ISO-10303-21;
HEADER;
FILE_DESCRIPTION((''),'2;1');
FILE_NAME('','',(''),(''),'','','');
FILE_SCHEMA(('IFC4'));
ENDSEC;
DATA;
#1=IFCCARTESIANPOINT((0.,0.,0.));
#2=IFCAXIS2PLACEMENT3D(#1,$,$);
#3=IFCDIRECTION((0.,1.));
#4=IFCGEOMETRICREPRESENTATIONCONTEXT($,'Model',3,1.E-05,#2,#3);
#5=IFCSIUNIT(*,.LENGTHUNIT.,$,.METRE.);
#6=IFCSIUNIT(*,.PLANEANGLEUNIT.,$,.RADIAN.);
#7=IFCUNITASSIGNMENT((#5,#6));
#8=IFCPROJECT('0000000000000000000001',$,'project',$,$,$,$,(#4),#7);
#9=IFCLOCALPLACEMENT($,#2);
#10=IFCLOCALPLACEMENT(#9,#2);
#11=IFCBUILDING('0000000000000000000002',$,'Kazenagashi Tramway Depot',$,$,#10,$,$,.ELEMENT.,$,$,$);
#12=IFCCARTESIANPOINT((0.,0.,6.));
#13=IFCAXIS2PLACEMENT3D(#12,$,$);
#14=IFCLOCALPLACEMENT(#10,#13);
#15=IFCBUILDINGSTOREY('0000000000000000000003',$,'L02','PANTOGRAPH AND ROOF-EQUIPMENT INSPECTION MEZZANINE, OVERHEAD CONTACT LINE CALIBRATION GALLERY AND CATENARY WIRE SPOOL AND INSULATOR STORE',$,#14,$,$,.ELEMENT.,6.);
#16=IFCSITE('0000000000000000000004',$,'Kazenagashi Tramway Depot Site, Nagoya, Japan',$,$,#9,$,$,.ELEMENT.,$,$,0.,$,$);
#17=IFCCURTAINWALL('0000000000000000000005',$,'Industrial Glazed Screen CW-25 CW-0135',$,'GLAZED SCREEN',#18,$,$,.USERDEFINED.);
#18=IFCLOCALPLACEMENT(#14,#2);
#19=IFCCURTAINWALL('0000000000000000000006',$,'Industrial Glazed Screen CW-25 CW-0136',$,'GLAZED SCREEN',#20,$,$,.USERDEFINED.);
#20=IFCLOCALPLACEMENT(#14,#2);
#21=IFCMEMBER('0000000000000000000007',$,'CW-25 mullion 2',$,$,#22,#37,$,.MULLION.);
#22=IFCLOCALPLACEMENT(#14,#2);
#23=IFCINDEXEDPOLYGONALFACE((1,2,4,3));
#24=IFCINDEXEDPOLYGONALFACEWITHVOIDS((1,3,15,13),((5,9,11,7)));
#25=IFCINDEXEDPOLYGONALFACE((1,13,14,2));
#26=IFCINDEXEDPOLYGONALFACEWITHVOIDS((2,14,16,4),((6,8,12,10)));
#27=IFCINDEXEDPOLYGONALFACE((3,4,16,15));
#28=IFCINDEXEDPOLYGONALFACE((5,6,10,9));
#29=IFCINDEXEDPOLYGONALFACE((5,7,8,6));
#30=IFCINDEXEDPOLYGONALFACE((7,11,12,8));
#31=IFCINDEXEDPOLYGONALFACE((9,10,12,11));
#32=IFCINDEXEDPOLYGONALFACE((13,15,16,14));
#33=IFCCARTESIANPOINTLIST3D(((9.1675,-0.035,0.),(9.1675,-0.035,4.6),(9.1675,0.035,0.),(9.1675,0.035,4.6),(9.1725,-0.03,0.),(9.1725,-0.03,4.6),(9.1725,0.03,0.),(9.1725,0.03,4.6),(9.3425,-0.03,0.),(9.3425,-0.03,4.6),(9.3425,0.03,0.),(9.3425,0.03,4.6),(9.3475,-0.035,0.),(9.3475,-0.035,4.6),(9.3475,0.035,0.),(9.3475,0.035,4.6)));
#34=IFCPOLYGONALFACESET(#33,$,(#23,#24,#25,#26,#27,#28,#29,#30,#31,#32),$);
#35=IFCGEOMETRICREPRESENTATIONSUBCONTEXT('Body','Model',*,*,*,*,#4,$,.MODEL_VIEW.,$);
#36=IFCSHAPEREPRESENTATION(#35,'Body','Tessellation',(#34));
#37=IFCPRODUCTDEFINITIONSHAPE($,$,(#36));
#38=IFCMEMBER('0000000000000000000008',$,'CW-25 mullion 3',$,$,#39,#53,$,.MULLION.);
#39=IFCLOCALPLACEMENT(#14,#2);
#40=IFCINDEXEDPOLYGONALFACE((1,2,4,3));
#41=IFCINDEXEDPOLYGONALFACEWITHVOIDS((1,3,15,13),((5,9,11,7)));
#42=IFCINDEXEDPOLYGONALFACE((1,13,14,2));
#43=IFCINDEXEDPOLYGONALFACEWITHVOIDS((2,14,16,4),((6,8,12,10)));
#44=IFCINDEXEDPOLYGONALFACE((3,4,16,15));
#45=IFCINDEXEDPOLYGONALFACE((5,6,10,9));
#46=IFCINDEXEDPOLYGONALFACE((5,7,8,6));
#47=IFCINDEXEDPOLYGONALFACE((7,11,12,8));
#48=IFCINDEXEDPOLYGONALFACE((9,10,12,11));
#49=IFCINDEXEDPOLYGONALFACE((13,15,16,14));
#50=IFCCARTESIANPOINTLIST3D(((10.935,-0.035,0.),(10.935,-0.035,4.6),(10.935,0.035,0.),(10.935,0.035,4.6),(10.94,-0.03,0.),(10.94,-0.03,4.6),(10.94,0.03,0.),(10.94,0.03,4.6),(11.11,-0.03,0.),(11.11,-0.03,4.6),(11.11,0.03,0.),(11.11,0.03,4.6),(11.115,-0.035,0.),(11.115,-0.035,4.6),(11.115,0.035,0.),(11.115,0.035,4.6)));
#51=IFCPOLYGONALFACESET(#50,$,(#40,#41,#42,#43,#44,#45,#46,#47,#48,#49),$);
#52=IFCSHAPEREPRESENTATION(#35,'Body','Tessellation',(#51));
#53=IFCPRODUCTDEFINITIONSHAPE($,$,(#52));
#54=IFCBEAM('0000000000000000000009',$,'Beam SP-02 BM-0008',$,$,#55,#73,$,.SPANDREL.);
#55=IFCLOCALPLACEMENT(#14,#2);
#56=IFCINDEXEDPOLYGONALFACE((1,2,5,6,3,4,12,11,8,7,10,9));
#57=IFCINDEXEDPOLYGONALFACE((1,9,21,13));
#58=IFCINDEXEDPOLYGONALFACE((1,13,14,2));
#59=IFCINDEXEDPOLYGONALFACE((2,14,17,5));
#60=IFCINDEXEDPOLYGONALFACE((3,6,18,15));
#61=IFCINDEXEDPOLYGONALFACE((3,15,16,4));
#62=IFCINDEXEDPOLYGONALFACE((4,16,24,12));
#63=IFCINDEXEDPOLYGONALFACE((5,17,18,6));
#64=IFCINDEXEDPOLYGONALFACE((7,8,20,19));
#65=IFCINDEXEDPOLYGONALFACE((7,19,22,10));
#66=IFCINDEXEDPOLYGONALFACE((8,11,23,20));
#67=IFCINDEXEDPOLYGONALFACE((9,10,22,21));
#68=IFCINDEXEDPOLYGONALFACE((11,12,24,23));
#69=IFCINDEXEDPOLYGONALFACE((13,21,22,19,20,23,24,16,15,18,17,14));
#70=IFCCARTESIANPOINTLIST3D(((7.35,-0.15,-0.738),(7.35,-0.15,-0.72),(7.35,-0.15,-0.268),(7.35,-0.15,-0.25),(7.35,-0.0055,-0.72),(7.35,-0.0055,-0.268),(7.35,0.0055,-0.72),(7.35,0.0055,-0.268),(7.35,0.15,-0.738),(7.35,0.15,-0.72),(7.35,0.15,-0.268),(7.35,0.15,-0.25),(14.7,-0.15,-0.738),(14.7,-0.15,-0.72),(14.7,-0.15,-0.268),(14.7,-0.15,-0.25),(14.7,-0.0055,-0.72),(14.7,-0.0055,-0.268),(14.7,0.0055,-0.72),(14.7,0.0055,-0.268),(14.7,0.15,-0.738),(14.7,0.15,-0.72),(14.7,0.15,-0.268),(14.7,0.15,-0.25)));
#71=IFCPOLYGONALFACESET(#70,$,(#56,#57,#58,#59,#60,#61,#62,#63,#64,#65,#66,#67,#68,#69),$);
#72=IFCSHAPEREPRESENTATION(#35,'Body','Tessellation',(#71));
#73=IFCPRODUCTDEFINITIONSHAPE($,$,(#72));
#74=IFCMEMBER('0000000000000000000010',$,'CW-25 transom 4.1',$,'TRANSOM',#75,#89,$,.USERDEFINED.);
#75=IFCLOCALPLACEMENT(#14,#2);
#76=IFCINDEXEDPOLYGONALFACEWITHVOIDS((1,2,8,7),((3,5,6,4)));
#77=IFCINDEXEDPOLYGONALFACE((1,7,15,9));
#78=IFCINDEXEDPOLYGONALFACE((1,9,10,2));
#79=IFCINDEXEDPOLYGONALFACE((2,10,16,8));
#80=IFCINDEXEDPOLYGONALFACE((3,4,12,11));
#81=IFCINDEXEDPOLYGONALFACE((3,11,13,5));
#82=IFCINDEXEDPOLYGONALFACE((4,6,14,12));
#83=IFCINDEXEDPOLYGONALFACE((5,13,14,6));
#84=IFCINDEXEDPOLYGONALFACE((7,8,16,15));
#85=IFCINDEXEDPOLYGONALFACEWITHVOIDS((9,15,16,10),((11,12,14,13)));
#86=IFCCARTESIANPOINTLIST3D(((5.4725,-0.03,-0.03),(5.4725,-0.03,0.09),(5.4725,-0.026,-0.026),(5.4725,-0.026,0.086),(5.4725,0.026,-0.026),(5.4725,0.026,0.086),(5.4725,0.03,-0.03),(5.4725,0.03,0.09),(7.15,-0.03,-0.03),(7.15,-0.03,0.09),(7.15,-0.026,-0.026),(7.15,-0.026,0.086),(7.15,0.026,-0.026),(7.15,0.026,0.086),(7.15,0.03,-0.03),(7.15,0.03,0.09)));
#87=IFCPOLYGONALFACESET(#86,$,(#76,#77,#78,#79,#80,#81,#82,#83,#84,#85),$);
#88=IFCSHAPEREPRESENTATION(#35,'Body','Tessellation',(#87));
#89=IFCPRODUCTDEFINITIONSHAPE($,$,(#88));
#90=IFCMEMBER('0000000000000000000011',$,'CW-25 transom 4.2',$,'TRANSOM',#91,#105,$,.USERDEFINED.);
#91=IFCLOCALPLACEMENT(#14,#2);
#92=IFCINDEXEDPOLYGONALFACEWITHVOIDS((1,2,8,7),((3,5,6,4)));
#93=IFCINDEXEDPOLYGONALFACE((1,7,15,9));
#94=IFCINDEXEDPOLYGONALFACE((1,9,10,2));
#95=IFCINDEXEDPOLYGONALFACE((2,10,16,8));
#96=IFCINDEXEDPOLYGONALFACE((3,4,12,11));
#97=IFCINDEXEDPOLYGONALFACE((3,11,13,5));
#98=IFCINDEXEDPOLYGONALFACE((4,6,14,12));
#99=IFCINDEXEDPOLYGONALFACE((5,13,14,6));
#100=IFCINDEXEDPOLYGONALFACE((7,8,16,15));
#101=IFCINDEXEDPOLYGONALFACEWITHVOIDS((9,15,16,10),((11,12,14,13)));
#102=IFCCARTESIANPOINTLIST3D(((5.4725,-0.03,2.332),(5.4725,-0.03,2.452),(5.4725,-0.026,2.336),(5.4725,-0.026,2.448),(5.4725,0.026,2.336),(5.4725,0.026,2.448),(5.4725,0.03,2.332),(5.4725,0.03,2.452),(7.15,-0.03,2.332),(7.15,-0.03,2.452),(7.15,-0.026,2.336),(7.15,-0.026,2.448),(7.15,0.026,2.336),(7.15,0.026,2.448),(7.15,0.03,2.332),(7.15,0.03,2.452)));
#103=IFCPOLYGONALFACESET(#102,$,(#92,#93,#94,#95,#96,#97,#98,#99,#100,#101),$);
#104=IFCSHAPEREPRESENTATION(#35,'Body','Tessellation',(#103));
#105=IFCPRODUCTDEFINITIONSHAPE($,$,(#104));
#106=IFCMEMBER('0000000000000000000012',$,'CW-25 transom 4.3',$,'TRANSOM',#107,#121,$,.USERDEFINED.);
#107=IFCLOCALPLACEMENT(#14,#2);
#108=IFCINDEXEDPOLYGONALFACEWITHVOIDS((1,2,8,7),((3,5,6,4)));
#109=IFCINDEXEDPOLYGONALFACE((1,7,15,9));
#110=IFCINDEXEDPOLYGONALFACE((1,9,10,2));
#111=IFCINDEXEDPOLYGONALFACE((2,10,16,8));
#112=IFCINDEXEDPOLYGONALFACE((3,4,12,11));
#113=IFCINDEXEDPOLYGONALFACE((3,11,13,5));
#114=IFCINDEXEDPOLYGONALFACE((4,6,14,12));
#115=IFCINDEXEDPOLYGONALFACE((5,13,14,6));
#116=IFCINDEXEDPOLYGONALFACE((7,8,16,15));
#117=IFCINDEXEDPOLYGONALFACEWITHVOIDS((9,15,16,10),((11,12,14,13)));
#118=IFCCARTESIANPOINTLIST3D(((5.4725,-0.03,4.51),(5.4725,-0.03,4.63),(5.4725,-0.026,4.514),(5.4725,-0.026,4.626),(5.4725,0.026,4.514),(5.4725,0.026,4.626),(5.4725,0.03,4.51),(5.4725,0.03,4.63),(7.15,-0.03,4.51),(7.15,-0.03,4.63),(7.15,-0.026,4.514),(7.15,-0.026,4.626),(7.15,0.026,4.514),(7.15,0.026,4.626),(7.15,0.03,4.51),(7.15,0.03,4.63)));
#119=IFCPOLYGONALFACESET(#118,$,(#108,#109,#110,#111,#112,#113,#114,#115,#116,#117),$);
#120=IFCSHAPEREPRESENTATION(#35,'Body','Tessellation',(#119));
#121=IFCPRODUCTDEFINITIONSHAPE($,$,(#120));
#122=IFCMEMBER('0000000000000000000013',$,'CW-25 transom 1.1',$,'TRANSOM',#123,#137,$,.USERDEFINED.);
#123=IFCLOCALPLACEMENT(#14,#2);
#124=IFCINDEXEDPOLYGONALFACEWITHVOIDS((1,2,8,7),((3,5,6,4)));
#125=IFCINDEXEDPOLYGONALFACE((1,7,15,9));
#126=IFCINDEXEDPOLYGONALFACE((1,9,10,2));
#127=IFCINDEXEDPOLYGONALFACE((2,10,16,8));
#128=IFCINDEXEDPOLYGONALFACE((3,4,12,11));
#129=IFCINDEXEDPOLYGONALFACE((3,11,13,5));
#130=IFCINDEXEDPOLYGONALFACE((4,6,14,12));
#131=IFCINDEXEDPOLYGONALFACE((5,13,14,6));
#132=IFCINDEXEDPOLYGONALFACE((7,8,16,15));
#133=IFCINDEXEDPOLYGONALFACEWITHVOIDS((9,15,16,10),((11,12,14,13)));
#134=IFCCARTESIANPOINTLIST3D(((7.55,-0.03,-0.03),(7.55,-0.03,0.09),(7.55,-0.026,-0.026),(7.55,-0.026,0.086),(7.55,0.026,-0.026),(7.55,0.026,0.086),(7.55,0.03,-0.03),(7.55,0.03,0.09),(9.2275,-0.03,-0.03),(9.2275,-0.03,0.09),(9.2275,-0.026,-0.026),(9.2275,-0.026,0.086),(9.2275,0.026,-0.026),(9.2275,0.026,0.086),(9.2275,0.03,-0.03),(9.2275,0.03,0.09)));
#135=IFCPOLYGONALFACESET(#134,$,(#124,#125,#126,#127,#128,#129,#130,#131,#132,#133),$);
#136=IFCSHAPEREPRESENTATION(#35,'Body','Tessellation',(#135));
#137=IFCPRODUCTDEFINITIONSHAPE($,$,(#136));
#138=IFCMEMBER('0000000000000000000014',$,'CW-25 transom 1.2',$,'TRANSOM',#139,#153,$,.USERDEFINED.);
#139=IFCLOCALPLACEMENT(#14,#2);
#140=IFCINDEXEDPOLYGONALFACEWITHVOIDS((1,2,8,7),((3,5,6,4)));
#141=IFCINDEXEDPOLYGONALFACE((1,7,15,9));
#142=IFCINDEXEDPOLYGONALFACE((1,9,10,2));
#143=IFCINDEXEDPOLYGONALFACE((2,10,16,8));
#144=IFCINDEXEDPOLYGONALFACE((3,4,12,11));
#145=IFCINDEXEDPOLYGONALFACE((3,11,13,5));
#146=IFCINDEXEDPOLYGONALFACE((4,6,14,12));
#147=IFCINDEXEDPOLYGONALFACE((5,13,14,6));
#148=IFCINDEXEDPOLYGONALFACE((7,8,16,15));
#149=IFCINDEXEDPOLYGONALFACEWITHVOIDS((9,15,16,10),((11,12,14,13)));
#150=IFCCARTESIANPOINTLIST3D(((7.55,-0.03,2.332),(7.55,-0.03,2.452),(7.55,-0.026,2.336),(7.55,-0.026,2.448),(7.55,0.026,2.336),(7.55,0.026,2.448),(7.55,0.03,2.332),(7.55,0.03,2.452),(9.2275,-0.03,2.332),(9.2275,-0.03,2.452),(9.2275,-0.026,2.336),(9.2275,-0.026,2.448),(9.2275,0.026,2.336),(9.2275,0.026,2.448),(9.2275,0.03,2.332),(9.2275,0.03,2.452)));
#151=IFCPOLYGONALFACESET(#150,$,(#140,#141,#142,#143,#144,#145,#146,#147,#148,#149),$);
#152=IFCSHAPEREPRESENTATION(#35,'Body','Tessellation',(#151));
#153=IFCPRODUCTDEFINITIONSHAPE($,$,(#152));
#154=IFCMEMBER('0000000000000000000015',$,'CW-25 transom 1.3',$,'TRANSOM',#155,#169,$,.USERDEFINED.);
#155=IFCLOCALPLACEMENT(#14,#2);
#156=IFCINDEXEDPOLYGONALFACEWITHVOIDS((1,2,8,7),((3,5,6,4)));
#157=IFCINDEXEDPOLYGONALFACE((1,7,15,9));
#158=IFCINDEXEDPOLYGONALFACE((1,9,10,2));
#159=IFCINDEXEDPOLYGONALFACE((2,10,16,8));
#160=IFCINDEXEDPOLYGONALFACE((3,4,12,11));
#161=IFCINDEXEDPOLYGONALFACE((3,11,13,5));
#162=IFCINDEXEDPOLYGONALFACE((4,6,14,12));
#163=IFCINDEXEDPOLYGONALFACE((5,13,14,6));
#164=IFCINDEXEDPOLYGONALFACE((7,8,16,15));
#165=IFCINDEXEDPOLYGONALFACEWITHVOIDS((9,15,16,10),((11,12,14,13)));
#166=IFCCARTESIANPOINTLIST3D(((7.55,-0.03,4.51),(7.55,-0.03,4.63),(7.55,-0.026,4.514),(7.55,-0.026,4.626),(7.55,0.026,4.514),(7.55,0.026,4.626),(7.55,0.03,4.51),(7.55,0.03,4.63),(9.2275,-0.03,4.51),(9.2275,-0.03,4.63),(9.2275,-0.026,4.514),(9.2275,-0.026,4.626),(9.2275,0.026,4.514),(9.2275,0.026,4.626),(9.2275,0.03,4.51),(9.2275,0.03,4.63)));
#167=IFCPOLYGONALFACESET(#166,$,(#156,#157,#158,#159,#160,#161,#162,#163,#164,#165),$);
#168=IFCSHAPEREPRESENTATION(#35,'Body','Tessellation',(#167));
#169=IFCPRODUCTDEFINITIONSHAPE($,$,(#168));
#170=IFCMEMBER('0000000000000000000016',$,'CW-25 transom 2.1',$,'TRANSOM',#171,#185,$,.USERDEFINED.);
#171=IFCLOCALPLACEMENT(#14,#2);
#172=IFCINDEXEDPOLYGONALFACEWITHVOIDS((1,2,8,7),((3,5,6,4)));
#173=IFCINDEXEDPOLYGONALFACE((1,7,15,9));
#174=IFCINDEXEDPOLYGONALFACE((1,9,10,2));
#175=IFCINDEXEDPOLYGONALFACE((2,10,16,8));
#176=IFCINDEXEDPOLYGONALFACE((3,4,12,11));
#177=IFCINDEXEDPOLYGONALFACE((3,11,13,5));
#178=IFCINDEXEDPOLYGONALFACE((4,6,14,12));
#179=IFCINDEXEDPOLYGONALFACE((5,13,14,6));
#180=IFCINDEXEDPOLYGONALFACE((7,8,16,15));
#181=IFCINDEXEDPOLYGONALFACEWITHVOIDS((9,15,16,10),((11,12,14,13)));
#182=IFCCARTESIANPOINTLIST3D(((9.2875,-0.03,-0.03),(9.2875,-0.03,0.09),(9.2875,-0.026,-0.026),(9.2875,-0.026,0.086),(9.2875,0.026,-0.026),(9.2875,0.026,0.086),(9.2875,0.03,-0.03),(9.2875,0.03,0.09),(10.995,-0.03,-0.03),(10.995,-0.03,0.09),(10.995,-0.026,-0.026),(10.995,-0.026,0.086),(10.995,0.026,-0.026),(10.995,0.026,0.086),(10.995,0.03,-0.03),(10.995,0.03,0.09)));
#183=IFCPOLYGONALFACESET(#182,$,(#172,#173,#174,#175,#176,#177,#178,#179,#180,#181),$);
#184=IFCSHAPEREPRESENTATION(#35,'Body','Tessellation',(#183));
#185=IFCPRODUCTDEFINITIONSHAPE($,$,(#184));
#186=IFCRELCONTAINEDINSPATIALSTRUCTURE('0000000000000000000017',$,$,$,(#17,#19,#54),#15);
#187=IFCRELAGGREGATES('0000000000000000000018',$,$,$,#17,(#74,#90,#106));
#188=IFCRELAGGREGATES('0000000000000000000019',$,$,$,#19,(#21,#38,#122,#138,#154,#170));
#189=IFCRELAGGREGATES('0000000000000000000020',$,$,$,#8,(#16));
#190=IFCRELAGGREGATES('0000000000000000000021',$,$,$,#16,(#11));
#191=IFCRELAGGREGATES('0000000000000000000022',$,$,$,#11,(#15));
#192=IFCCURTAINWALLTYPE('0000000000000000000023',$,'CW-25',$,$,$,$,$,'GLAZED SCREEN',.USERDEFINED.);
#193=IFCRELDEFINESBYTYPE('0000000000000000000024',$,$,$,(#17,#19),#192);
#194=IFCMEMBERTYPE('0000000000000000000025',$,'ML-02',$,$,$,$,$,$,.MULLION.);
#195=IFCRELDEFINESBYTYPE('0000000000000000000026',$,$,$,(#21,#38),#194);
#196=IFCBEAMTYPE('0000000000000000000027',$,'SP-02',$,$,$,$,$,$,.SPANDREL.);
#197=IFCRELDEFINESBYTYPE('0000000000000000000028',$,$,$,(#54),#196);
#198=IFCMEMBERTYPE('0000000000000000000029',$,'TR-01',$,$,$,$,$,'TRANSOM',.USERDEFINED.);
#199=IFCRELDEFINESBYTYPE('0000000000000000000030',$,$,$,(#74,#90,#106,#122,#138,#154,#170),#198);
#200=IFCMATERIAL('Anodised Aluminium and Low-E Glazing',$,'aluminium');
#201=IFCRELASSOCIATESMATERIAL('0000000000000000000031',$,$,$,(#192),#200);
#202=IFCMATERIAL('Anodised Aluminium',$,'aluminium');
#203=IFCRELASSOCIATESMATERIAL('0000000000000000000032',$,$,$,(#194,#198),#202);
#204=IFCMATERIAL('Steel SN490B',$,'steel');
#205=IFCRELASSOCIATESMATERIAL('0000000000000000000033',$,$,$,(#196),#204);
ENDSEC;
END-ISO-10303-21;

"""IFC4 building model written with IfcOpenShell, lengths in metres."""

from ifc_helpers import new_model, si_unit, direction, frame, origin, origin_2d, place, context, subcontext, project, spatial, hollow_rectangle, i_section, extrude, material, material_profile, profile_set, type_object, element, aggregate, save


model = new_model("IFC4")

# Units and contexts
model_context = context("Model", 3, precision=1e-05, world=origin(), true_north=direction((0.0, 1.0)))
body_context = subcontext(model_context, "Body", "Model", "MODEL_VIEW")
ifc_project = project(units=[si_unit("LENGTHUNIT", "METRE"), si_unit("PLANEANGLEUNIT", "RADIAN")], contexts=[model_context])

# Site, building, storey
site_placement = place(None, origin())
site = spatial("IfcSite", under=ifc_project, at=site_placement, Name="Kazenagashi Tramway Depot Site, Nagoya, Japan", CompositionType="ELEMENT", RefElevation=0.0)
building_placement = place(site_placement, origin())
building = spatial("IfcBuilding", under=site, at=building_placement, Name="Kazenagashi Tramway Depot", CompositionType="ELEMENT")
storey_placement = place(building_placement, frame((0.0, 0.0, 6.0)))
storey = spatial("IfcBuildingStorey", under=building, at=storey_placement, Name="L02", Description="PANTOGRAPH AND ROOF-EQUIPMENT INSPECTION MEZZANINE, OVERHEAD CONTACT LINE CALIBRATION GALLERY AND CATENARY WIRE SPOOL AND INSULATOR STORE", CompositionType="ELEMENT", Elevation=6.0)

# Shared definitions
ifc_material_1 = material(Name="Steel SN490B", Category="steel")

# Curtain walls, members
ifc_material_2 = material(Name="Anodised Aluminium and Low-E Glazing", Category="aluminium")
curtain_wall_type = type_object("IfcCurtainWallType", Name="CW-25", ElementType="GLAZED SCREEN", PredefinedType="USERDEFINED", material=ifc_material_2)
curtain_wall_1_placement = place(storey_placement, origin())
curtain_wall_1 = element("IfcCurtainWall", 1, at=curtain_wall_1_placement, inside=storey, type_object=curtain_wall_type, Name="Industrial Glazed Screen CW-25 CW-0135", ObjectType="GLAZED SCREEN", PredefinedType="USERDEFINED")
ifc_material_3 = material(Name="Anodised Aluminium", Category="aluminium")
ifc_material_profile_1 = material_profile(ifc_material_3, hollow_rectangle(XDim=0.07, YDim=0.18, WallThickness=0.005, at=origin_2d()), Name="RHS-180x70x5")
ifc_profile_set_1 = profile_set([ifc_material_profile_1], Name="Anodised Aluminium")
member_type_1 = type_object("IfcMemberType", Name="ML-02", PredefinedType="MULLION", material=ifc_profile_set_1)
curtain_wall_2_placement = place(storey_placement, origin())
curtain_wall_2 = element("IfcCurtainWall", 2, at=curtain_wall_2_placement, inside=storey, type_object=curtain_wall_type, Name="Industrial Glazed Screen CW-25 CW-0136", ObjectType="GLAZED SCREEN", PredefinedType="USERDEFINED")
member_1_placement = place(storey_placement, frame((9.2575, 0.0, 0.0), z_axis=(0.0, 0.0, 1.0), x_axis=(0.0, 1.0, 0.0)))
member_1 = element("IfcMember", 3, at=member_1_placement, type_object=member_type_1, Name="CW-25 mullion 2", PredefinedType="MULLION", context=body_context, shape_type="SweptSolid", body=[
    extrude(hollow_rectangle(XDim=0.07, YDim=0.18, WallThickness=0.005, at=origin_2d()), origin(), (0.0, 0.0, 1.0), 4.6),
])
member_2_placement = place(storey_placement, frame((11.025, 0.0, 0.0), z_axis=(0.0, 0.0, 1.0), x_axis=(0.0, 1.0, 0.0)))
member_2 = element("IfcMember", 4, at=member_2_placement, type_object=member_type_1, Name="CW-25 mullion 3", PredefinedType="MULLION", context=body_context, shape_type="SweptSolid", body=[
    extrude(hollow_rectangle(XDim=0.07, YDim=0.18, WallThickness=0.005, at=origin_2d()), origin(), (0.0, 0.0, 1.0), 4.6),
])

# Beam
ifc_material_profile_2 = material_profile(ifc_material_1, i_section(OverallWidth=0.3, OverallDepth=0.488, WebThickness=0.011, FlangeThickness=0.018, at=origin_2d()), Name="H-488x300x11x18")
ifc_profile_set_2 = profile_set([ifc_material_profile_2], Name="Steel SN490B")
beam_type_1 = type_object("IfcBeamType", Name="SP-02", PredefinedType="SPANDREL", material=ifc_profile_set_2)
beam_placement = place(storey_placement, frame((7.35, 0.0, -0.494), z_axis=(1.0, 0.0, 0.0), x_axis=(0.0, 1.0, 0.0)))
element("IfcBeam", 5, at=beam_placement, inside=storey, type_object=beam_type_1, Name="Beam SP-02 BM-0008", PredefinedType="SPANDREL", context=body_context, shape_type="SweptSolid", body=[
    extrude(i_section(OverallWidth=0.3, OverallDepth=0.488, WebThickness=0.011, FlangeThickness=0.018, at=origin_2d()), origin(), (0.0, 0.0, 1.0), 7.35),
])

# Members
ifc_material_profile_3 = material_profile(ifc_material_3, hollow_rectangle(XDim=0.06, YDim=0.12, WallThickness=0.004, at=origin_2d()), Name="RHS-120x60x4")
ifc_profile_set_3 = profile_set([ifc_material_profile_3], Name="Anodised Aluminium")
member_type_2 = type_object("IfcMemberType", Name="TR-01", ElementType="TRANSOM", PredefinedType="USERDEFINED", material=ifc_profile_set_3)
member_3_placement = place(storey_placement, frame((5.4725, 0.0, 0.03), z_axis=(1.0, 0.0, 0.0), x_axis=(0.0, 1.0, 0.0)))
member_3 = element("IfcMember", 6, at=member_3_placement, type_object=member_type_2, Name="CW-25 transom 4.1", ObjectType="TRANSOM", PredefinedType="USERDEFINED", context=body_context, shape_type="SweptSolid", body=[
    extrude(hollow_rectangle(XDim=0.06, YDim=0.12, WallThickness=0.004, at=origin_2d()), origin(), (0.0, 0.0, 1.0), 1.6775),
])
member_4_placement = place(storey_placement, frame((5.4725, 0.0, 2.392), z_axis=(1.0, 0.0, 0.0), x_axis=(0.0, 1.0, 0.0)))
member_4 = element("IfcMember", 7, at=member_4_placement, type_object=member_type_2, Name="CW-25 transom 4.2", ObjectType="TRANSOM", PredefinedType="USERDEFINED", context=body_context, shape_type="SweptSolid", body=[
    extrude(hollow_rectangle(XDim=0.06, YDim=0.12, WallThickness=0.004, at=origin_2d()), origin(), (0.0, 0.0, 1.0), 1.6775),
])
member_5_placement = place(storey_placement, frame((5.4725, 0.0, 4.57), z_axis=(1.0, 0.0, 0.0), x_axis=(0.0, 1.0, 0.0)))
member_5 = element("IfcMember", 8, at=member_5_placement, type_object=member_type_2, Name="CW-25 transom 4.3", ObjectType="TRANSOM", PredefinedType="USERDEFINED", context=body_context, shape_type="SweptSolid", body=[
    extrude(hollow_rectangle(XDim=0.06, YDim=0.12, WallThickness=0.004, at=origin_2d()), origin(), (0.0, 0.0, 1.0), 1.6775),
])
member_6_placement = place(storey_placement, frame((7.55, 0.0, 0.03), z_axis=(1.0, 0.0, 0.0), x_axis=(0.0, 1.0, 0.0)))
member_6 = element("IfcMember", 9, at=member_6_placement, type_object=member_type_2, Name="CW-25 transom 1.1", ObjectType="TRANSOM", PredefinedType="USERDEFINED", context=body_context, shape_type="SweptSolid", body=[
    extrude(hollow_rectangle(XDim=0.06, YDim=0.12, WallThickness=0.004, at=origin_2d()), origin(), (0.0, 0.0, 1.0), 1.6775),
])
member_7_placement = place(storey_placement, frame((7.55, 0.0, 2.392), z_axis=(1.0, 0.0, 0.0), x_axis=(0.0, 1.0, 0.0)))
member_7 = element("IfcMember", 10, at=member_7_placement, type_object=member_type_2, Name="CW-25 transom 1.2", ObjectType="TRANSOM", PredefinedType="USERDEFINED", context=body_context, shape_type="SweptSolid", body=[
    extrude(hollow_rectangle(XDim=0.06, YDim=0.12, WallThickness=0.004, at=origin_2d()), origin(), (0.0, 0.0, 1.0), 1.6775),
])
member_8_placement = place(storey_placement, frame((7.55, 0.0, 4.57), z_axis=(1.0, 0.0, 0.0), x_axis=(0.0, 1.0, 0.0)))
member_8 = element("IfcMember", 11, at=member_8_placement, type_object=member_type_2, Name="CW-25 transom 1.3", ObjectType="TRANSOM", PredefinedType="USERDEFINED", context=body_context, shape_type="SweptSolid", body=[
    extrude(hollow_rectangle(XDim=0.06, YDim=0.12, WallThickness=0.004, at=origin_2d()), origin(), (0.0, 0.0, 1.0), 1.6775),
])
member_9_placement = place(storey_placement, frame((9.2875, 0.0, 0.03), z_axis=(1.0, 0.0, 0.0), x_axis=(0.0, 1.0, 0.0)))
member_9 = element("IfcMember", 12, at=member_9_placement, type_object=member_type_2, Name="CW-25 transom 2.1", ObjectType="TRANSOM", PredefinedType="USERDEFINED", context=body_context, shape_type="SweptSolid", body=[
    extrude(hollow_rectangle(XDim=0.06, YDim=0.12, WallThickness=0.004, at=origin_2d()), origin(), (0.0, 0.0, 1.0), 1.7075),
])

aggregate(curtain_wall_1, [member_3, member_4, member_5])
aggregate(curtain_wall_2, [member_1, member_2, member_6, member_7, member_8, member_9])

save(model, "model.ifc")
